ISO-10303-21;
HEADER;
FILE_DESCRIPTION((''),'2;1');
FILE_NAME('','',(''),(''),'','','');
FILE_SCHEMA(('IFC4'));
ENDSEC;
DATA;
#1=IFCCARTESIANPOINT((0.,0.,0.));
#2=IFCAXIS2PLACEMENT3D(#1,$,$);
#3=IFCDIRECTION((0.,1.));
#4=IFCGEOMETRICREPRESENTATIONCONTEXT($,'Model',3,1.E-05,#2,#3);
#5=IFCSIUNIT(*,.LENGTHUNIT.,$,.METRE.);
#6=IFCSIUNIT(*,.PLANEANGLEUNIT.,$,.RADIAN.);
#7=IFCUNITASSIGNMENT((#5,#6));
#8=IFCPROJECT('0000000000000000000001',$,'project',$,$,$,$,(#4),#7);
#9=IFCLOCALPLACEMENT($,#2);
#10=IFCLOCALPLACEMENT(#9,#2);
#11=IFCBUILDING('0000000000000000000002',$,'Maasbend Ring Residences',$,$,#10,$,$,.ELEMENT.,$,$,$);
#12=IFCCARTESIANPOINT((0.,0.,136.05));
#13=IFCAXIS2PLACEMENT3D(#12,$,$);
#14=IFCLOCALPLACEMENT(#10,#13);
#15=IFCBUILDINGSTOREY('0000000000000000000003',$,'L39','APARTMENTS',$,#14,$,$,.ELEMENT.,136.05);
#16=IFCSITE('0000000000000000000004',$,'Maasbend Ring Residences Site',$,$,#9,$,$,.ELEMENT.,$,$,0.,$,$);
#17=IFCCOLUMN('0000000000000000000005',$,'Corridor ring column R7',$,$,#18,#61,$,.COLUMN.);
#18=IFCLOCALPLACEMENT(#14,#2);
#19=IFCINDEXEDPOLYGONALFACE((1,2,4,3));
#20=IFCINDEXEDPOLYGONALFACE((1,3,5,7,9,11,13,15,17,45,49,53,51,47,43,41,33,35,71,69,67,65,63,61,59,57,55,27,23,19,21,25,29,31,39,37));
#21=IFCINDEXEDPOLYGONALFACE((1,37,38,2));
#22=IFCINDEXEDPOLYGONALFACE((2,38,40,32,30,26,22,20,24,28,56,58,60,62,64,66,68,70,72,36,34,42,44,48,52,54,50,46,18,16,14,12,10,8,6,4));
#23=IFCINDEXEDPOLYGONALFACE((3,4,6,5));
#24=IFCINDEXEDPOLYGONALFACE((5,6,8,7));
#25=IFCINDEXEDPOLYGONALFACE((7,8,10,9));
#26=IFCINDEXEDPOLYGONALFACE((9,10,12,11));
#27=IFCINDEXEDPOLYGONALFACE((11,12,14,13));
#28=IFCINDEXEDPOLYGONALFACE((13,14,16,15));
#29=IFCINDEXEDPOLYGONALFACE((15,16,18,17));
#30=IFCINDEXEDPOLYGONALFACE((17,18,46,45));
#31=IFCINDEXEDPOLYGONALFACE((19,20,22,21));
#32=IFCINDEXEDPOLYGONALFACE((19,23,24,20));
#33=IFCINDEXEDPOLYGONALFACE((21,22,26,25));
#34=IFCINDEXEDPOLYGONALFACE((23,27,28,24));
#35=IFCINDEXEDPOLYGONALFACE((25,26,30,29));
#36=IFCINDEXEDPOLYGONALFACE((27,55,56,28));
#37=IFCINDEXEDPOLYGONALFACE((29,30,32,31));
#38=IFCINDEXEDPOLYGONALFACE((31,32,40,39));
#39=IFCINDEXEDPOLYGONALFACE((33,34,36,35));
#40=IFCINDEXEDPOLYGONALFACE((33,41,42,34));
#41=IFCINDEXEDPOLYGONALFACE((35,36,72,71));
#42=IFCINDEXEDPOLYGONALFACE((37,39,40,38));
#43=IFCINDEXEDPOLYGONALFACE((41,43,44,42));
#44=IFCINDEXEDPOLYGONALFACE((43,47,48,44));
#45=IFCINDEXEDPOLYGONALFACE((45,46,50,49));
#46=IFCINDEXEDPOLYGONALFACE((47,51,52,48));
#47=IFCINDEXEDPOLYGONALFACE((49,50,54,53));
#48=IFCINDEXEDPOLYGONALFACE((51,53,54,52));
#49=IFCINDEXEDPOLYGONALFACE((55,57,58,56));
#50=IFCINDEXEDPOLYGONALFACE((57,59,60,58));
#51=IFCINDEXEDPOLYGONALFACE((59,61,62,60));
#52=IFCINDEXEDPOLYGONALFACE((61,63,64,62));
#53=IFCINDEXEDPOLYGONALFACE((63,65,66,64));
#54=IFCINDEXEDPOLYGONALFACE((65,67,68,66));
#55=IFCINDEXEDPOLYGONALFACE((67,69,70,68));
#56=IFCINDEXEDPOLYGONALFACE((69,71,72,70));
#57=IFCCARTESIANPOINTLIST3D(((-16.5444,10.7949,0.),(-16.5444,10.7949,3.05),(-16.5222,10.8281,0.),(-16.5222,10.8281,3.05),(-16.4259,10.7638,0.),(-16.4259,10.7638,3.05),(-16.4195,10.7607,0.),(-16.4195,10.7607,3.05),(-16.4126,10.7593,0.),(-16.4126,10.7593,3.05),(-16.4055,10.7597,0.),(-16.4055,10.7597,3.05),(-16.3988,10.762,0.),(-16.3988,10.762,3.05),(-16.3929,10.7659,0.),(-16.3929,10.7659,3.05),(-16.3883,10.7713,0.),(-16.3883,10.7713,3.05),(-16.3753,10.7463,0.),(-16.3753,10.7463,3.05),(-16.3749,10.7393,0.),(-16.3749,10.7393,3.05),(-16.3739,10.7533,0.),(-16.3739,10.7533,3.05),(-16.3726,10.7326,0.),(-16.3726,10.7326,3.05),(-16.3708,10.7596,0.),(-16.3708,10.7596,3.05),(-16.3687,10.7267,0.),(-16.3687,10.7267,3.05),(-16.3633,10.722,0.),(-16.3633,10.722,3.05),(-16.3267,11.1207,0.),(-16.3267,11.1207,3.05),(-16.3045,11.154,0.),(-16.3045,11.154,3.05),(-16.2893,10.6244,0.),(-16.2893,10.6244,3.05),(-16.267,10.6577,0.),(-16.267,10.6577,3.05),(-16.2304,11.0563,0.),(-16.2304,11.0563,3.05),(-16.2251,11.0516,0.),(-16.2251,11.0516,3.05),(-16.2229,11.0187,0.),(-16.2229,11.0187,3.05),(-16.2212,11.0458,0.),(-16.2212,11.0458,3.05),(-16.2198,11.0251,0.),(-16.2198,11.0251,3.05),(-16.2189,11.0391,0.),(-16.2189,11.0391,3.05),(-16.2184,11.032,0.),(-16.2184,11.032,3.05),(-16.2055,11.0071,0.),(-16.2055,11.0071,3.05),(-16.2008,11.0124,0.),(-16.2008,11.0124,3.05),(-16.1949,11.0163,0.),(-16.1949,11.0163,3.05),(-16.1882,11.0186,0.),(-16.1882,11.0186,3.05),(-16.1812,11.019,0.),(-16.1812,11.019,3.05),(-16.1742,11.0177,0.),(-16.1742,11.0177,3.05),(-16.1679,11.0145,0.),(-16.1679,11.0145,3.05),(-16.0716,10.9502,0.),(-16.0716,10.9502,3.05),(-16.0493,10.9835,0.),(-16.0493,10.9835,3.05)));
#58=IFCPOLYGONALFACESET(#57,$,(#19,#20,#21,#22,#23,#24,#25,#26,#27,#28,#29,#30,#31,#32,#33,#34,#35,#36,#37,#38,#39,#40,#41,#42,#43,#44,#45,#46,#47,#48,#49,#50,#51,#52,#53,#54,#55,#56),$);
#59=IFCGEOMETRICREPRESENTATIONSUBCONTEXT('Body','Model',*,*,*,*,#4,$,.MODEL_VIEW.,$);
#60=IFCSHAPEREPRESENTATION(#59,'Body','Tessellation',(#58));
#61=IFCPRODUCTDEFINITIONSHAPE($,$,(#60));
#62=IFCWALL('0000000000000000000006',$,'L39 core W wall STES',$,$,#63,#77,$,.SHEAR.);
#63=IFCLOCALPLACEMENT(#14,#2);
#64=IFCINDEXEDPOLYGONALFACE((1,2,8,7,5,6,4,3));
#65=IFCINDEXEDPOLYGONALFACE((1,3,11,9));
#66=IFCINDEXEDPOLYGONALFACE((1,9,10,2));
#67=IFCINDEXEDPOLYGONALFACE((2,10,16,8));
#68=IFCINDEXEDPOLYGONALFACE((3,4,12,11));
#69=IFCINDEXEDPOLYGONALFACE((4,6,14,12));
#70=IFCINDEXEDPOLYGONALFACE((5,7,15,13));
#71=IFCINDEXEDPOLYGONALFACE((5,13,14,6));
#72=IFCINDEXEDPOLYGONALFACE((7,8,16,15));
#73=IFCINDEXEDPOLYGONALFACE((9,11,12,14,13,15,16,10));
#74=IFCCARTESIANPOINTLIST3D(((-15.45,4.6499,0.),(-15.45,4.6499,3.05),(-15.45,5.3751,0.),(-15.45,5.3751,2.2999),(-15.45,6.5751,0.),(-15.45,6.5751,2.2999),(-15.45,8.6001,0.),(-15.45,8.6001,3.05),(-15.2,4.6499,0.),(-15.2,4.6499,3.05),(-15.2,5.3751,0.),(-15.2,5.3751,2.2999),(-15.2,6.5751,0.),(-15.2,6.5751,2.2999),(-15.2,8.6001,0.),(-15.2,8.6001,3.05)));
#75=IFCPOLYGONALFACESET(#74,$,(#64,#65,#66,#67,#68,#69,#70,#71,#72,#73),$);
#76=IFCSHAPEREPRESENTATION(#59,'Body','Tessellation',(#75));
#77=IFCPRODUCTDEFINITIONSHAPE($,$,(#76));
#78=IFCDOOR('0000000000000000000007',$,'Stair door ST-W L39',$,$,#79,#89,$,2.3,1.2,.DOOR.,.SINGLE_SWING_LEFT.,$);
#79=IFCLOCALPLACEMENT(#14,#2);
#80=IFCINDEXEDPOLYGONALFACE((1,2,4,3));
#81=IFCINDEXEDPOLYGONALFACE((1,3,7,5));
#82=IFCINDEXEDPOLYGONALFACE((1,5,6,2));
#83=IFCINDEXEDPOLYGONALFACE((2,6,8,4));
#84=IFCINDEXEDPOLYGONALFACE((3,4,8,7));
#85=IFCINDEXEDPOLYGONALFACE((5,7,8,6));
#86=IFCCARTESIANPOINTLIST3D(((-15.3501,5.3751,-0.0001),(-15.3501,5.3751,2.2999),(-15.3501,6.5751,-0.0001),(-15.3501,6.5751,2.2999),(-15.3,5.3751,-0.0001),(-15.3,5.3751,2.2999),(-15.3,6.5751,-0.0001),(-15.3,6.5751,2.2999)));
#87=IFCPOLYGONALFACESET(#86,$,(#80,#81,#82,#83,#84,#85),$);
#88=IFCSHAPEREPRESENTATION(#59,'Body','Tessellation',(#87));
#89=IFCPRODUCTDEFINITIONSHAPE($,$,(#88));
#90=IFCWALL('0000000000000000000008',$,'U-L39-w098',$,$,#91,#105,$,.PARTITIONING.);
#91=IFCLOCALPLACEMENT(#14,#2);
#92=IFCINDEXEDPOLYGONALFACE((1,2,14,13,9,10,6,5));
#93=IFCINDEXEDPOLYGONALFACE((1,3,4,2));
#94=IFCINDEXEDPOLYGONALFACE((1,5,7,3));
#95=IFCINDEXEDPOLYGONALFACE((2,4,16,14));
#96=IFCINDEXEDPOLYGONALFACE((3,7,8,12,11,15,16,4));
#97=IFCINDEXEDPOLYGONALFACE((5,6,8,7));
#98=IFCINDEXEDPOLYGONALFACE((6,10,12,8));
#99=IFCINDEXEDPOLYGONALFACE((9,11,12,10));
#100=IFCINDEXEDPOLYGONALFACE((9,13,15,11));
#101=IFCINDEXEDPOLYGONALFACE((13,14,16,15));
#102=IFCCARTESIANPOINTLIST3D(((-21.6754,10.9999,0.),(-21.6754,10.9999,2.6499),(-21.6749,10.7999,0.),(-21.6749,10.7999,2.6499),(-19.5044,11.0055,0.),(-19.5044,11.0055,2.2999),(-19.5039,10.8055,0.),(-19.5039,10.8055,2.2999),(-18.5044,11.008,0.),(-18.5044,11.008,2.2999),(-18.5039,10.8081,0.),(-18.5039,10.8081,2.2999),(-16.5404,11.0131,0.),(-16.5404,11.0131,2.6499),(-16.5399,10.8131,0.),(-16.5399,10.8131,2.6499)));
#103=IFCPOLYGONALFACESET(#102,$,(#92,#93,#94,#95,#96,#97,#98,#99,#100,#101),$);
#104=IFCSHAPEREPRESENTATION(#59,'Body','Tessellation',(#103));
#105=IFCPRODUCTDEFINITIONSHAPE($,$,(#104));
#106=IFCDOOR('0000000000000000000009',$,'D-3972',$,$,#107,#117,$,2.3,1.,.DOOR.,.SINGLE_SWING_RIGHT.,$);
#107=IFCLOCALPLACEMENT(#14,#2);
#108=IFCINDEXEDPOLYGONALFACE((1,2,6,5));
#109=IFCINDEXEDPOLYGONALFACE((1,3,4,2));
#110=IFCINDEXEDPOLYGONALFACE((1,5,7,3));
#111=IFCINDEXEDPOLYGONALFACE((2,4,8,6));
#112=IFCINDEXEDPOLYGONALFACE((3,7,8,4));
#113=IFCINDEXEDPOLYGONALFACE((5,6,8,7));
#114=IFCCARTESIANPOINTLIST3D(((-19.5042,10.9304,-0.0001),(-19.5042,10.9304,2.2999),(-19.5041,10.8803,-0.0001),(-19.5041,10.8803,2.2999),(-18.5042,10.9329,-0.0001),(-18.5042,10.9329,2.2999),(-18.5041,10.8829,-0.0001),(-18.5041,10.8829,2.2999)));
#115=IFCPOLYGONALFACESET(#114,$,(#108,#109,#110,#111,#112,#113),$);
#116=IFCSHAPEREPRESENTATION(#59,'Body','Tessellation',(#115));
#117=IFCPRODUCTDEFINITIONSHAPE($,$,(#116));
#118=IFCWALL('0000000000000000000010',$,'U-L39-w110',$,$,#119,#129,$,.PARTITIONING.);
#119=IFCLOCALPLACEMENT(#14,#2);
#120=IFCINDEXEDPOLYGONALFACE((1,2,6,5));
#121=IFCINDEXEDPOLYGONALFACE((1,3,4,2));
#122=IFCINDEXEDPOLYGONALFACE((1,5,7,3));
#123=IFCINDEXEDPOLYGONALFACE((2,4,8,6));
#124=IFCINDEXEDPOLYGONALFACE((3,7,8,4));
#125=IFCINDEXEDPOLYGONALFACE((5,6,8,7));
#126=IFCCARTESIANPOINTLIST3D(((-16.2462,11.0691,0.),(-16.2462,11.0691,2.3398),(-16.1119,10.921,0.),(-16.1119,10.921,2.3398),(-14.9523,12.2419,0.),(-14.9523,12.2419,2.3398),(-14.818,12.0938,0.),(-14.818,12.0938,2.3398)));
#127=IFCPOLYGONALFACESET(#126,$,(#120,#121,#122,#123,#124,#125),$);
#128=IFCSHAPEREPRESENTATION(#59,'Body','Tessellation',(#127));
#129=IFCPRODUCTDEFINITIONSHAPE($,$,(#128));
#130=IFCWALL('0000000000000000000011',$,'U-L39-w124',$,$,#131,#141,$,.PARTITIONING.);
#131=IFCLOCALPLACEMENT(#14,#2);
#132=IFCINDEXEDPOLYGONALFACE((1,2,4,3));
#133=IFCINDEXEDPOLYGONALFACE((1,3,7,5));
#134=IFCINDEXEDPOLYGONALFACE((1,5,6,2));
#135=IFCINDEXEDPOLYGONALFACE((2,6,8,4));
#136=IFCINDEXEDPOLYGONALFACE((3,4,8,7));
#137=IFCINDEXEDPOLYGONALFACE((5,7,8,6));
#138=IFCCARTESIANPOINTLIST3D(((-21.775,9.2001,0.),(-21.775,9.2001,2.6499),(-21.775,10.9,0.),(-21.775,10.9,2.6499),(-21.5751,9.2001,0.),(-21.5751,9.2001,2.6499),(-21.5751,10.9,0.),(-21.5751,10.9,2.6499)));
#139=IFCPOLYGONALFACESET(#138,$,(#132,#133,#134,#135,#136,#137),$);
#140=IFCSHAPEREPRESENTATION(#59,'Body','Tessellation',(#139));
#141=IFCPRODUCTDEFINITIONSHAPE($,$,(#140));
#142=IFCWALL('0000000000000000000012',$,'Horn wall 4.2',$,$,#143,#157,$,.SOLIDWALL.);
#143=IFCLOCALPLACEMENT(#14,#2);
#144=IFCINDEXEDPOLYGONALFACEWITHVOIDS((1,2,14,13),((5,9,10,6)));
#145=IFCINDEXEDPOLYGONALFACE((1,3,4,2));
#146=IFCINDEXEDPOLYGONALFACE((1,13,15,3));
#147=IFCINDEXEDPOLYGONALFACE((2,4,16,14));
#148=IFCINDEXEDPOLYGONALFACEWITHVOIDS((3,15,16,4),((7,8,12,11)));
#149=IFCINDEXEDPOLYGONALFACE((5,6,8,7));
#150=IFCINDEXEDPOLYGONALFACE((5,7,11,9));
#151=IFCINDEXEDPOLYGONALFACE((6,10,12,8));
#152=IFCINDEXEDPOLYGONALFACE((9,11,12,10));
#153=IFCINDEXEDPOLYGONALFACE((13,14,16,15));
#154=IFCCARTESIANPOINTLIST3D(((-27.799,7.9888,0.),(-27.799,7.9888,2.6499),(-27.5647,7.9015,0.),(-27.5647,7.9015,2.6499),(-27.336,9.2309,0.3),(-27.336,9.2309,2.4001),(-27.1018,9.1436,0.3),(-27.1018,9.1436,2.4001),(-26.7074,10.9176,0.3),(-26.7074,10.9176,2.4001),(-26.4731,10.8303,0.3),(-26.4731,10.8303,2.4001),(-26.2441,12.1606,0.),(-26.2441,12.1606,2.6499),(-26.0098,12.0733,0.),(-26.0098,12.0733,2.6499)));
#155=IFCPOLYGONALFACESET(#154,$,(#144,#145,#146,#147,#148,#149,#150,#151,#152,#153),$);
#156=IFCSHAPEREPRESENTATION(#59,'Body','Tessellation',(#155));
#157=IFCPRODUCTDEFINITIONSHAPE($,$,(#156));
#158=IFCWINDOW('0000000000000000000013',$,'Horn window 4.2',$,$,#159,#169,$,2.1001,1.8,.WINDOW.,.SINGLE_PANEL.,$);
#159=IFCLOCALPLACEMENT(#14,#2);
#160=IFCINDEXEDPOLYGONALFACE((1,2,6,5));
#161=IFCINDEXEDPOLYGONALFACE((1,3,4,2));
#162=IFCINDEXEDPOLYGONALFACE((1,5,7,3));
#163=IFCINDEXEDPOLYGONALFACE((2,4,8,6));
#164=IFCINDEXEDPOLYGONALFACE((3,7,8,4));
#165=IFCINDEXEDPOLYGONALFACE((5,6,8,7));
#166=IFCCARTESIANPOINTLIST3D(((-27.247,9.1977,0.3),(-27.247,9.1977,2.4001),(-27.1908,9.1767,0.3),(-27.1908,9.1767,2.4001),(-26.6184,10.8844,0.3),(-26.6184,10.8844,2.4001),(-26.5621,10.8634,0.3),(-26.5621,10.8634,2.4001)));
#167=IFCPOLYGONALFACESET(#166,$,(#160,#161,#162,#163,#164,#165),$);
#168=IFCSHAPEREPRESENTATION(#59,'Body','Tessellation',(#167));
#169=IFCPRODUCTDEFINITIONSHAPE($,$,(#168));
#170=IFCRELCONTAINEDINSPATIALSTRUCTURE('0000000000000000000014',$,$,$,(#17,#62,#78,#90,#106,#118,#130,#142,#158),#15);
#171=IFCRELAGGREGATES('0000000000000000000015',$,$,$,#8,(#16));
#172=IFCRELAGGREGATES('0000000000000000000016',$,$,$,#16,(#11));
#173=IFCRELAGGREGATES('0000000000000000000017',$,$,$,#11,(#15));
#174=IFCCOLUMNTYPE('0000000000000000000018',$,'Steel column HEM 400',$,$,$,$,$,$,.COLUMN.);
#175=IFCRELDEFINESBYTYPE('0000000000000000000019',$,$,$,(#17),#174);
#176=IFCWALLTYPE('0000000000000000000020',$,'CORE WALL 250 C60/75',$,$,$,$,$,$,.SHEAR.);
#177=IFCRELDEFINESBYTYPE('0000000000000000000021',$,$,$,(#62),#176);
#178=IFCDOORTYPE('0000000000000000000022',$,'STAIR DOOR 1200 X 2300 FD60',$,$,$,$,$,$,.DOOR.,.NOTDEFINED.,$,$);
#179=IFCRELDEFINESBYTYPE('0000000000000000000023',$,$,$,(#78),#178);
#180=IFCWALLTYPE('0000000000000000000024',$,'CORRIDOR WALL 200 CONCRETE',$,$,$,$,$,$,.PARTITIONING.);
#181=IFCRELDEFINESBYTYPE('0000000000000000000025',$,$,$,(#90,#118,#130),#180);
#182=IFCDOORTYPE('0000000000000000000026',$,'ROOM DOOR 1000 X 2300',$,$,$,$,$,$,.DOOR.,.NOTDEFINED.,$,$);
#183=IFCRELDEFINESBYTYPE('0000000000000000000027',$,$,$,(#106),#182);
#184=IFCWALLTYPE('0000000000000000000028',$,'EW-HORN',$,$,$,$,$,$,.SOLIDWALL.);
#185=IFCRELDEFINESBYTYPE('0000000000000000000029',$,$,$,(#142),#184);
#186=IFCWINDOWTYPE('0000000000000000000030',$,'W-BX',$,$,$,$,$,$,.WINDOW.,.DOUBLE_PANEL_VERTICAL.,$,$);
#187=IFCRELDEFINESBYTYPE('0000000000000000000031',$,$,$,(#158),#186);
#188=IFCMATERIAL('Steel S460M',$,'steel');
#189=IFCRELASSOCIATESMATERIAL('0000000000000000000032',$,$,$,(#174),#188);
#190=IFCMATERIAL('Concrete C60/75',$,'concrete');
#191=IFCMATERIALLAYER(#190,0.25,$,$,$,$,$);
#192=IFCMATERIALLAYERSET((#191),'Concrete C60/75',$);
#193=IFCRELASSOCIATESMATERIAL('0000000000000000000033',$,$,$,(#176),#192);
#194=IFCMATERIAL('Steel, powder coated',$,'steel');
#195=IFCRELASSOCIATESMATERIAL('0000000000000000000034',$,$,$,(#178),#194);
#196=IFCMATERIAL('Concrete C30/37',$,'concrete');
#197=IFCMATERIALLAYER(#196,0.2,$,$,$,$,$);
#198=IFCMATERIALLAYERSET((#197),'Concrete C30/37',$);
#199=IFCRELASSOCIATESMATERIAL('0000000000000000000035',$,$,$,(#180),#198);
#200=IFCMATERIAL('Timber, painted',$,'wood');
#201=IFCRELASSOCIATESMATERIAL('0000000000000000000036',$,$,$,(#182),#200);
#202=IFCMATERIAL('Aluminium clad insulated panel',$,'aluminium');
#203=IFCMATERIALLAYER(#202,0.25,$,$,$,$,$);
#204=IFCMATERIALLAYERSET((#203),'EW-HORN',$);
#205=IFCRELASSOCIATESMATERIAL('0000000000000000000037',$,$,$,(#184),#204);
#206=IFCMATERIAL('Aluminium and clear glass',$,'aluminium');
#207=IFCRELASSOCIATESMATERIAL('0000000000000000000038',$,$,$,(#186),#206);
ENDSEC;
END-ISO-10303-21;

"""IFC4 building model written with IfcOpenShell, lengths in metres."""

from ifc_helpers import new_model, si_unit, direction, frame, frame_2d, origin, origin_2d, place, context, subcontext, project, spatial, rectangle, i_section, extrude, material, layer, layer_set, material_profile, profile_set, type_object, element, fill, save


model = new_model("IFC4")

# Units and contexts
model_context = context("Model", 3, precision=1e-05, world=origin(), true_north=direction((0.0, 1.0)))
body_context = subcontext(model_context, "Body", "Model", "MODEL_VIEW")
ifc_project = project(units=[si_unit("LENGTHUNIT", "METRE"), si_unit("PLANEANGLEUNIT", "RADIAN")], contexts=[model_context])

# Site, building, storey
site_placement = place(None, origin())
site = spatial("IfcSite", under=ifc_project, at=site_placement, Name="Maasbend Ring Residences Site", CompositionType="ELEMENT", RefElevation=0.0)
building_placement = place(site_placement, origin())
building = spatial("IfcBuilding", under=site, at=building_placement, Name="Maasbend Ring Residences", CompositionType="ELEMENT")
storey_placement = place(building_placement, frame((0.0, 0.0, 136.05)))
storey = spatial("IfcBuildingStorey", under=building, at=storey_placement, Name="L39", Description="APARTMENTS", CompositionType="ELEMENT", Elevation=136.05)

# Column
ifc_material_1 = material(Name="Steel S460M", Category="steel")
ifc_material_profile = material_profile(ifc_material_1, i_section(OverallWidth=0.3069, OverallDepth=0.4319, WebThickness=0.021, FlangeThickness=0.04, FilletRadius=0.0271, at=origin_2d()), Name="HEM 400")
ifc_profile_set = profile_set([ifc_material_profile], Name="Steel S460M")
column_type = type_object("IfcColumnType", Name="Steel column HEM 400", PredefinedType="COLUMN", material=ifc_profile_set)
column_placement = place(storey_placement, frame((-16.2969, 10.8892, 0.0), z_axis=(0.0, 0.0, 1.0), x_axis=(-0.83147, 0.55557, 0.0)))
element("IfcColumn", 1, at=column_placement, inside=storey, type_object=column_type, Name="Corridor ring column R7", PredefinedType="COLUMN", context=body_context, shape_type="SweptSolid", body=[
    extrude(i_section(OverallWidth=0.3069, OverallDepth=0.4319, WebThickness=0.021, FlangeThickness=0.04, FilletRadius=0.0271, at=origin_2d()), origin(), (0.0, 0.0, 1.0), 3.05),
])

# Walls, openings, doors
ifc_material_2 = material(Name="Concrete C60/75", Category="concrete")
ifc_layer_1 = layer(ifc_material_2, 0.25)
ifc_layer_set_1 = layer_set([ifc_layer_1], Name="Concrete C60/75")
wall_type_1 = type_object("IfcWallType", Name="CORE WALL 250 C60/75", PredefinedType="SHEAR", material=ifc_layer_set_1)
wall_1_placement = place(storey_placement, frame((-15.325, 8.6001, 0.0), z_axis=(0.0, 0.0, 1.0), x_axis=(0.0, -1.0, 0.0)))
wall_1 = element("IfcWall", 2, at=wall_1_placement, inside=storey, type_object=wall_type_1, Name="L39 core W wall STES", PredefinedType="SHEAR", context=body_context, shape_type="SweptSolid", body=[
    extrude(rectangle(XDim=3.9502, YDim=0.25, at=frame_2d((1.9751, 0.0))), origin(), (0.0, 0.0, 1.0), 3.05),
])
opening_1_placement = place(wall_1_placement, frame((2.0249, 0.0, 0.0)))
opening_1 = element("IfcOpeningElement", 3, at=opening_1_placement, cuts=wall_1, PredefinedType="OPENING", context=body_context, shape_type="SweptSolid", body=[
    extrude(rectangle(XDim=1.2, YDim=2.3, at=frame_2d((0.6001, 1.1499))), frame((0.0, 0.135, 0.0), z_axis=(0.0, -1.0, 0.0), x_axis=(1.0, 0.0, 0.0)), (0.0, 0.0, 1.0), 0.27),
])
ifc_material_3 = material(Name="Steel, powder coated", Category="steel")
door_type_1 = type_object("IfcDoorType", Name="STAIR DOOR 1200 X 2300 FD60", OperationType="NOTDEFINED", PredefinedType="DOOR", material=ifc_material_3)
door_1_placement = place(opening_1_placement, origin())
door_1 = element("IfcDoor", 4, at=door_1_placement, inside=storey, type_object=door_type_1, Name="Stair door ST-W L39", OperationType="SINGLE_SWING_LEFT", OverallHeight=2.3, OverallWidth=1.2, PredefinedType="DOOR", context=body_context, shape_type="SweptSolid", body=[
    extrude(rectangle(XDim=1.2, YDim=2.3, at=frame_2d((0.6001, 1.1499))), frame((0.0, 0.0249, 0.0), z_axis=(0.0, -1.0, 0.0), x_axis=(1.0, 0.0, 0.0)), (0.0, 0.0, 1.0), 0.05),
])
fill(opening_1, door_1)
ifc_material_4 = material(Name="Concrete C30/37", Category="concrete")
ifc_layer_2 = layer(ifc_material_4, 0.2)
ifc_layer_set_2 = layer_set([ifc_layer_2], Name="Concrete C30/37")
wall_type_2 = type_object("IfcWallType", Name="CORRIDOR WALL 200 CONCRETE", PredefinedType="PARTITIONING", material=ifc_layer_set_2)
wall_2_placement = place(storey_placement, frame((-21.675, 10.8999, 0.0), z_axis=(0.0, 0.0, 1.0), x_axis=(0.999997, 0.002567, 0.0)))
wall_2 = element("IfcWall", 5, at=wall_2_placement, inside=storey, type_object=wall_type_2, Name="U-L39-w098", PredefinedType="PARTITIONING", context=body_context, shape_type="SweptSolid", body=[
    extrude(rectangle(XDim=5.135, YDim=0.2, at=frame_2d((2.5674, 0.0))), origin(), (0.0, 0.0, 1.0), 2.6499),
])
opening_2_placement = place(wall_2_placement, frame((2.1709, 0.0, 0.0)))
opening_2 = element("IfcOpeningElement", 6, at=opening_2_placement, cuts=wall_2, PredefinedType="OPENING", context=body_context, shape_type="SweptSolid", body=[
    extrude(rectangle(XDim=1.0, YDim=2.3, at=frame_2d((0.5, 1.1499))), frame((0.0, 0.1099, 0.0), z_axis=(0.0, -1.0, 0.0), x_axis=(1.0, 0.0, 0.0)), (0.0, 0.0, 1.0), 0.22),
])
ifc_material_5 = material(Name="Timber, painted", Category="wood")
door_type_2 = type_object("IfcDoorType", Name="ROOM DOOR 1000 X 2300", OperationType="NOTDEFINED", PredefinedType="DOOR", material=ifc_material_5)
door_2_placement = place(opening_2_placement, origin())
door_2 = element("IfcDoor", 7, at=door_2_placement, inside=storey, type_object=door_type_2, Name="D-3972", OperationType="SINGLE_SWING_RIGHT", OverallHeight=2.3, OverallWidth=1.0, PredefinedType="DOOR", context=body_context, shape_type="SweptSolid", body=[
    extrude(rectangle(XDim=1.0, YDim=2.3, at=frame_2d((0.5, 1.1499))), frame((0.0, 0.0249, 0.0), z_axis=(0.0, -1.0, 0.0), x_axis=(1.0, 0.0, 0.0)), (0.0, 0.0, 1.0), 0.05),
])
fill(opening_2, door_2)

# Walls
wall_3_placement = place(storey_placement, frame((-16.179, 10.9951, 0.0), z_axis=(0.0, 0.0, 1.0), x_axis=(0.740926, 0.671587, 0.0)))
element("IfcWall", 8, at=wall_3_placement, inside=storey, type_object=wall_type_2, Name="U-L39-w110", PredefinedType="PARTITIONING", context=body_context, shape_type="SweptSolid", body=[
    extrude(rectangle(XDim=1.7463, YDim=0.2, at=frame_2d((0.873, 0.0))), origin(), (0.0, 0.0, 1.0), 2.3398),
])
wall_4_placement = place(storey_placement, frame((-21.675, 9.2, 0.0), z_axis=(0.0, 0.0, 1.0), x_axis=(0.0, 1.0, 0.0)))
element("IfcWall", 9, at=wall_4_placement, inside=storey, type_object=wall_type_2, Name="U-L39-w124", PredefinedType="PARTITIONING", context=body_context, shape_type="SweptSolid", body=[
    extrude(rectangle(XDim=1.7, YDim=0.2, at=frame_2d((0.8501, 0.0))), origin(), (0.0, 0.0, 1.0), 2.6499),
])

# Wall, opening, window
ifc_material_6 = material(Name="Aluminium clad insulated panel", Category="aluminium")
ifc_layer_3 = layer(ifc_material_6, 0.25)
ifc_layer_set_3 = layer_set([ifc_layer_3], Name="EW-HORN")
wall_type_3 = type_object("IfcWallType", Name="EW-HORN", PredefinedType="SOLIDWALL", material=ifc_layer_set_3)
wall_5_placement = place(storey_placement, frame((-26.127, 12.1169, 0.0), z_axis=(0.0, 0.0, 1.0), x_axis=(-0.349248, -0.93703, 0.0)))
wall_5 = element("IfcWall", 10, at=wall_5_placement, inside=storey, type_object=wall_type_3, Name="Horn wall 4.2", PredefinedType="SOLIDWALL", context=body_context, shape_type="SweptSolid", body=[
    extrude(rectangle(XDim=4.4521, YDim=0.25, at=frame_2d((2.2261, 0.0))), origin(), (0.0, 0.0, 1.0), 2.6499),
])
opening_3_placement = place(wall_5_placement, frame((1.3267, 0.0, 0.3)))
opening_3 = element("IfcOpeningElement", 11, at=opening_3_placement, cuts=wall_5, PredefinedType="OPENING", context=body_context, shape_type="SweptSolid", body=[
    extrude(rectangle(XDim=1.8, YDim=2.1001, at=frame_2d((0.8999, 1.05))), frame((0.0, 0.135, 0.0), z_axis=(0.0, -1.0, 0.0), x_axis=(1.0, 0.0, 0.0)), (0.0, 0.0, 1.0), 0.27),
])
ifc_material_7 = material(Name="Aluminium and clear glass", Category="aluminium")
window_type_1 = type_object("IfcWindowType", Name="W-BX", PartitioningType="DOUBLE_PANEL_VERTICAL", PredefinedType="WINDOW", material=ifc_material_7)
window_1_placement = place(opening_3_placement, origin())
window_1 = element("IfcWindow", 12, at=window_1_placement, inside=storey, type_object=window_type_1, Name="Horn window 4.2", OverallHeight=2.1001, OverallWidth=1.8, PartitioningType="SINGLE_PANEL", PredefinedType="WINDOW", context=body_context, shape_type="SweptSolid", body=[
    extrude(rectangle(XDim=1.8, YDim=2.1001, at=frame_2d((0.8999, 1.05))), frame((0.0, 0.03, 0.0), z_axis=(0.0, -1.0, 0.0), x_axis=(1.0, 0.0, 0.0)), (0.0, 0.0, 1.0), 0.0601),
])
fill(opening_3, window_1)

save(model, "model.ifc")
